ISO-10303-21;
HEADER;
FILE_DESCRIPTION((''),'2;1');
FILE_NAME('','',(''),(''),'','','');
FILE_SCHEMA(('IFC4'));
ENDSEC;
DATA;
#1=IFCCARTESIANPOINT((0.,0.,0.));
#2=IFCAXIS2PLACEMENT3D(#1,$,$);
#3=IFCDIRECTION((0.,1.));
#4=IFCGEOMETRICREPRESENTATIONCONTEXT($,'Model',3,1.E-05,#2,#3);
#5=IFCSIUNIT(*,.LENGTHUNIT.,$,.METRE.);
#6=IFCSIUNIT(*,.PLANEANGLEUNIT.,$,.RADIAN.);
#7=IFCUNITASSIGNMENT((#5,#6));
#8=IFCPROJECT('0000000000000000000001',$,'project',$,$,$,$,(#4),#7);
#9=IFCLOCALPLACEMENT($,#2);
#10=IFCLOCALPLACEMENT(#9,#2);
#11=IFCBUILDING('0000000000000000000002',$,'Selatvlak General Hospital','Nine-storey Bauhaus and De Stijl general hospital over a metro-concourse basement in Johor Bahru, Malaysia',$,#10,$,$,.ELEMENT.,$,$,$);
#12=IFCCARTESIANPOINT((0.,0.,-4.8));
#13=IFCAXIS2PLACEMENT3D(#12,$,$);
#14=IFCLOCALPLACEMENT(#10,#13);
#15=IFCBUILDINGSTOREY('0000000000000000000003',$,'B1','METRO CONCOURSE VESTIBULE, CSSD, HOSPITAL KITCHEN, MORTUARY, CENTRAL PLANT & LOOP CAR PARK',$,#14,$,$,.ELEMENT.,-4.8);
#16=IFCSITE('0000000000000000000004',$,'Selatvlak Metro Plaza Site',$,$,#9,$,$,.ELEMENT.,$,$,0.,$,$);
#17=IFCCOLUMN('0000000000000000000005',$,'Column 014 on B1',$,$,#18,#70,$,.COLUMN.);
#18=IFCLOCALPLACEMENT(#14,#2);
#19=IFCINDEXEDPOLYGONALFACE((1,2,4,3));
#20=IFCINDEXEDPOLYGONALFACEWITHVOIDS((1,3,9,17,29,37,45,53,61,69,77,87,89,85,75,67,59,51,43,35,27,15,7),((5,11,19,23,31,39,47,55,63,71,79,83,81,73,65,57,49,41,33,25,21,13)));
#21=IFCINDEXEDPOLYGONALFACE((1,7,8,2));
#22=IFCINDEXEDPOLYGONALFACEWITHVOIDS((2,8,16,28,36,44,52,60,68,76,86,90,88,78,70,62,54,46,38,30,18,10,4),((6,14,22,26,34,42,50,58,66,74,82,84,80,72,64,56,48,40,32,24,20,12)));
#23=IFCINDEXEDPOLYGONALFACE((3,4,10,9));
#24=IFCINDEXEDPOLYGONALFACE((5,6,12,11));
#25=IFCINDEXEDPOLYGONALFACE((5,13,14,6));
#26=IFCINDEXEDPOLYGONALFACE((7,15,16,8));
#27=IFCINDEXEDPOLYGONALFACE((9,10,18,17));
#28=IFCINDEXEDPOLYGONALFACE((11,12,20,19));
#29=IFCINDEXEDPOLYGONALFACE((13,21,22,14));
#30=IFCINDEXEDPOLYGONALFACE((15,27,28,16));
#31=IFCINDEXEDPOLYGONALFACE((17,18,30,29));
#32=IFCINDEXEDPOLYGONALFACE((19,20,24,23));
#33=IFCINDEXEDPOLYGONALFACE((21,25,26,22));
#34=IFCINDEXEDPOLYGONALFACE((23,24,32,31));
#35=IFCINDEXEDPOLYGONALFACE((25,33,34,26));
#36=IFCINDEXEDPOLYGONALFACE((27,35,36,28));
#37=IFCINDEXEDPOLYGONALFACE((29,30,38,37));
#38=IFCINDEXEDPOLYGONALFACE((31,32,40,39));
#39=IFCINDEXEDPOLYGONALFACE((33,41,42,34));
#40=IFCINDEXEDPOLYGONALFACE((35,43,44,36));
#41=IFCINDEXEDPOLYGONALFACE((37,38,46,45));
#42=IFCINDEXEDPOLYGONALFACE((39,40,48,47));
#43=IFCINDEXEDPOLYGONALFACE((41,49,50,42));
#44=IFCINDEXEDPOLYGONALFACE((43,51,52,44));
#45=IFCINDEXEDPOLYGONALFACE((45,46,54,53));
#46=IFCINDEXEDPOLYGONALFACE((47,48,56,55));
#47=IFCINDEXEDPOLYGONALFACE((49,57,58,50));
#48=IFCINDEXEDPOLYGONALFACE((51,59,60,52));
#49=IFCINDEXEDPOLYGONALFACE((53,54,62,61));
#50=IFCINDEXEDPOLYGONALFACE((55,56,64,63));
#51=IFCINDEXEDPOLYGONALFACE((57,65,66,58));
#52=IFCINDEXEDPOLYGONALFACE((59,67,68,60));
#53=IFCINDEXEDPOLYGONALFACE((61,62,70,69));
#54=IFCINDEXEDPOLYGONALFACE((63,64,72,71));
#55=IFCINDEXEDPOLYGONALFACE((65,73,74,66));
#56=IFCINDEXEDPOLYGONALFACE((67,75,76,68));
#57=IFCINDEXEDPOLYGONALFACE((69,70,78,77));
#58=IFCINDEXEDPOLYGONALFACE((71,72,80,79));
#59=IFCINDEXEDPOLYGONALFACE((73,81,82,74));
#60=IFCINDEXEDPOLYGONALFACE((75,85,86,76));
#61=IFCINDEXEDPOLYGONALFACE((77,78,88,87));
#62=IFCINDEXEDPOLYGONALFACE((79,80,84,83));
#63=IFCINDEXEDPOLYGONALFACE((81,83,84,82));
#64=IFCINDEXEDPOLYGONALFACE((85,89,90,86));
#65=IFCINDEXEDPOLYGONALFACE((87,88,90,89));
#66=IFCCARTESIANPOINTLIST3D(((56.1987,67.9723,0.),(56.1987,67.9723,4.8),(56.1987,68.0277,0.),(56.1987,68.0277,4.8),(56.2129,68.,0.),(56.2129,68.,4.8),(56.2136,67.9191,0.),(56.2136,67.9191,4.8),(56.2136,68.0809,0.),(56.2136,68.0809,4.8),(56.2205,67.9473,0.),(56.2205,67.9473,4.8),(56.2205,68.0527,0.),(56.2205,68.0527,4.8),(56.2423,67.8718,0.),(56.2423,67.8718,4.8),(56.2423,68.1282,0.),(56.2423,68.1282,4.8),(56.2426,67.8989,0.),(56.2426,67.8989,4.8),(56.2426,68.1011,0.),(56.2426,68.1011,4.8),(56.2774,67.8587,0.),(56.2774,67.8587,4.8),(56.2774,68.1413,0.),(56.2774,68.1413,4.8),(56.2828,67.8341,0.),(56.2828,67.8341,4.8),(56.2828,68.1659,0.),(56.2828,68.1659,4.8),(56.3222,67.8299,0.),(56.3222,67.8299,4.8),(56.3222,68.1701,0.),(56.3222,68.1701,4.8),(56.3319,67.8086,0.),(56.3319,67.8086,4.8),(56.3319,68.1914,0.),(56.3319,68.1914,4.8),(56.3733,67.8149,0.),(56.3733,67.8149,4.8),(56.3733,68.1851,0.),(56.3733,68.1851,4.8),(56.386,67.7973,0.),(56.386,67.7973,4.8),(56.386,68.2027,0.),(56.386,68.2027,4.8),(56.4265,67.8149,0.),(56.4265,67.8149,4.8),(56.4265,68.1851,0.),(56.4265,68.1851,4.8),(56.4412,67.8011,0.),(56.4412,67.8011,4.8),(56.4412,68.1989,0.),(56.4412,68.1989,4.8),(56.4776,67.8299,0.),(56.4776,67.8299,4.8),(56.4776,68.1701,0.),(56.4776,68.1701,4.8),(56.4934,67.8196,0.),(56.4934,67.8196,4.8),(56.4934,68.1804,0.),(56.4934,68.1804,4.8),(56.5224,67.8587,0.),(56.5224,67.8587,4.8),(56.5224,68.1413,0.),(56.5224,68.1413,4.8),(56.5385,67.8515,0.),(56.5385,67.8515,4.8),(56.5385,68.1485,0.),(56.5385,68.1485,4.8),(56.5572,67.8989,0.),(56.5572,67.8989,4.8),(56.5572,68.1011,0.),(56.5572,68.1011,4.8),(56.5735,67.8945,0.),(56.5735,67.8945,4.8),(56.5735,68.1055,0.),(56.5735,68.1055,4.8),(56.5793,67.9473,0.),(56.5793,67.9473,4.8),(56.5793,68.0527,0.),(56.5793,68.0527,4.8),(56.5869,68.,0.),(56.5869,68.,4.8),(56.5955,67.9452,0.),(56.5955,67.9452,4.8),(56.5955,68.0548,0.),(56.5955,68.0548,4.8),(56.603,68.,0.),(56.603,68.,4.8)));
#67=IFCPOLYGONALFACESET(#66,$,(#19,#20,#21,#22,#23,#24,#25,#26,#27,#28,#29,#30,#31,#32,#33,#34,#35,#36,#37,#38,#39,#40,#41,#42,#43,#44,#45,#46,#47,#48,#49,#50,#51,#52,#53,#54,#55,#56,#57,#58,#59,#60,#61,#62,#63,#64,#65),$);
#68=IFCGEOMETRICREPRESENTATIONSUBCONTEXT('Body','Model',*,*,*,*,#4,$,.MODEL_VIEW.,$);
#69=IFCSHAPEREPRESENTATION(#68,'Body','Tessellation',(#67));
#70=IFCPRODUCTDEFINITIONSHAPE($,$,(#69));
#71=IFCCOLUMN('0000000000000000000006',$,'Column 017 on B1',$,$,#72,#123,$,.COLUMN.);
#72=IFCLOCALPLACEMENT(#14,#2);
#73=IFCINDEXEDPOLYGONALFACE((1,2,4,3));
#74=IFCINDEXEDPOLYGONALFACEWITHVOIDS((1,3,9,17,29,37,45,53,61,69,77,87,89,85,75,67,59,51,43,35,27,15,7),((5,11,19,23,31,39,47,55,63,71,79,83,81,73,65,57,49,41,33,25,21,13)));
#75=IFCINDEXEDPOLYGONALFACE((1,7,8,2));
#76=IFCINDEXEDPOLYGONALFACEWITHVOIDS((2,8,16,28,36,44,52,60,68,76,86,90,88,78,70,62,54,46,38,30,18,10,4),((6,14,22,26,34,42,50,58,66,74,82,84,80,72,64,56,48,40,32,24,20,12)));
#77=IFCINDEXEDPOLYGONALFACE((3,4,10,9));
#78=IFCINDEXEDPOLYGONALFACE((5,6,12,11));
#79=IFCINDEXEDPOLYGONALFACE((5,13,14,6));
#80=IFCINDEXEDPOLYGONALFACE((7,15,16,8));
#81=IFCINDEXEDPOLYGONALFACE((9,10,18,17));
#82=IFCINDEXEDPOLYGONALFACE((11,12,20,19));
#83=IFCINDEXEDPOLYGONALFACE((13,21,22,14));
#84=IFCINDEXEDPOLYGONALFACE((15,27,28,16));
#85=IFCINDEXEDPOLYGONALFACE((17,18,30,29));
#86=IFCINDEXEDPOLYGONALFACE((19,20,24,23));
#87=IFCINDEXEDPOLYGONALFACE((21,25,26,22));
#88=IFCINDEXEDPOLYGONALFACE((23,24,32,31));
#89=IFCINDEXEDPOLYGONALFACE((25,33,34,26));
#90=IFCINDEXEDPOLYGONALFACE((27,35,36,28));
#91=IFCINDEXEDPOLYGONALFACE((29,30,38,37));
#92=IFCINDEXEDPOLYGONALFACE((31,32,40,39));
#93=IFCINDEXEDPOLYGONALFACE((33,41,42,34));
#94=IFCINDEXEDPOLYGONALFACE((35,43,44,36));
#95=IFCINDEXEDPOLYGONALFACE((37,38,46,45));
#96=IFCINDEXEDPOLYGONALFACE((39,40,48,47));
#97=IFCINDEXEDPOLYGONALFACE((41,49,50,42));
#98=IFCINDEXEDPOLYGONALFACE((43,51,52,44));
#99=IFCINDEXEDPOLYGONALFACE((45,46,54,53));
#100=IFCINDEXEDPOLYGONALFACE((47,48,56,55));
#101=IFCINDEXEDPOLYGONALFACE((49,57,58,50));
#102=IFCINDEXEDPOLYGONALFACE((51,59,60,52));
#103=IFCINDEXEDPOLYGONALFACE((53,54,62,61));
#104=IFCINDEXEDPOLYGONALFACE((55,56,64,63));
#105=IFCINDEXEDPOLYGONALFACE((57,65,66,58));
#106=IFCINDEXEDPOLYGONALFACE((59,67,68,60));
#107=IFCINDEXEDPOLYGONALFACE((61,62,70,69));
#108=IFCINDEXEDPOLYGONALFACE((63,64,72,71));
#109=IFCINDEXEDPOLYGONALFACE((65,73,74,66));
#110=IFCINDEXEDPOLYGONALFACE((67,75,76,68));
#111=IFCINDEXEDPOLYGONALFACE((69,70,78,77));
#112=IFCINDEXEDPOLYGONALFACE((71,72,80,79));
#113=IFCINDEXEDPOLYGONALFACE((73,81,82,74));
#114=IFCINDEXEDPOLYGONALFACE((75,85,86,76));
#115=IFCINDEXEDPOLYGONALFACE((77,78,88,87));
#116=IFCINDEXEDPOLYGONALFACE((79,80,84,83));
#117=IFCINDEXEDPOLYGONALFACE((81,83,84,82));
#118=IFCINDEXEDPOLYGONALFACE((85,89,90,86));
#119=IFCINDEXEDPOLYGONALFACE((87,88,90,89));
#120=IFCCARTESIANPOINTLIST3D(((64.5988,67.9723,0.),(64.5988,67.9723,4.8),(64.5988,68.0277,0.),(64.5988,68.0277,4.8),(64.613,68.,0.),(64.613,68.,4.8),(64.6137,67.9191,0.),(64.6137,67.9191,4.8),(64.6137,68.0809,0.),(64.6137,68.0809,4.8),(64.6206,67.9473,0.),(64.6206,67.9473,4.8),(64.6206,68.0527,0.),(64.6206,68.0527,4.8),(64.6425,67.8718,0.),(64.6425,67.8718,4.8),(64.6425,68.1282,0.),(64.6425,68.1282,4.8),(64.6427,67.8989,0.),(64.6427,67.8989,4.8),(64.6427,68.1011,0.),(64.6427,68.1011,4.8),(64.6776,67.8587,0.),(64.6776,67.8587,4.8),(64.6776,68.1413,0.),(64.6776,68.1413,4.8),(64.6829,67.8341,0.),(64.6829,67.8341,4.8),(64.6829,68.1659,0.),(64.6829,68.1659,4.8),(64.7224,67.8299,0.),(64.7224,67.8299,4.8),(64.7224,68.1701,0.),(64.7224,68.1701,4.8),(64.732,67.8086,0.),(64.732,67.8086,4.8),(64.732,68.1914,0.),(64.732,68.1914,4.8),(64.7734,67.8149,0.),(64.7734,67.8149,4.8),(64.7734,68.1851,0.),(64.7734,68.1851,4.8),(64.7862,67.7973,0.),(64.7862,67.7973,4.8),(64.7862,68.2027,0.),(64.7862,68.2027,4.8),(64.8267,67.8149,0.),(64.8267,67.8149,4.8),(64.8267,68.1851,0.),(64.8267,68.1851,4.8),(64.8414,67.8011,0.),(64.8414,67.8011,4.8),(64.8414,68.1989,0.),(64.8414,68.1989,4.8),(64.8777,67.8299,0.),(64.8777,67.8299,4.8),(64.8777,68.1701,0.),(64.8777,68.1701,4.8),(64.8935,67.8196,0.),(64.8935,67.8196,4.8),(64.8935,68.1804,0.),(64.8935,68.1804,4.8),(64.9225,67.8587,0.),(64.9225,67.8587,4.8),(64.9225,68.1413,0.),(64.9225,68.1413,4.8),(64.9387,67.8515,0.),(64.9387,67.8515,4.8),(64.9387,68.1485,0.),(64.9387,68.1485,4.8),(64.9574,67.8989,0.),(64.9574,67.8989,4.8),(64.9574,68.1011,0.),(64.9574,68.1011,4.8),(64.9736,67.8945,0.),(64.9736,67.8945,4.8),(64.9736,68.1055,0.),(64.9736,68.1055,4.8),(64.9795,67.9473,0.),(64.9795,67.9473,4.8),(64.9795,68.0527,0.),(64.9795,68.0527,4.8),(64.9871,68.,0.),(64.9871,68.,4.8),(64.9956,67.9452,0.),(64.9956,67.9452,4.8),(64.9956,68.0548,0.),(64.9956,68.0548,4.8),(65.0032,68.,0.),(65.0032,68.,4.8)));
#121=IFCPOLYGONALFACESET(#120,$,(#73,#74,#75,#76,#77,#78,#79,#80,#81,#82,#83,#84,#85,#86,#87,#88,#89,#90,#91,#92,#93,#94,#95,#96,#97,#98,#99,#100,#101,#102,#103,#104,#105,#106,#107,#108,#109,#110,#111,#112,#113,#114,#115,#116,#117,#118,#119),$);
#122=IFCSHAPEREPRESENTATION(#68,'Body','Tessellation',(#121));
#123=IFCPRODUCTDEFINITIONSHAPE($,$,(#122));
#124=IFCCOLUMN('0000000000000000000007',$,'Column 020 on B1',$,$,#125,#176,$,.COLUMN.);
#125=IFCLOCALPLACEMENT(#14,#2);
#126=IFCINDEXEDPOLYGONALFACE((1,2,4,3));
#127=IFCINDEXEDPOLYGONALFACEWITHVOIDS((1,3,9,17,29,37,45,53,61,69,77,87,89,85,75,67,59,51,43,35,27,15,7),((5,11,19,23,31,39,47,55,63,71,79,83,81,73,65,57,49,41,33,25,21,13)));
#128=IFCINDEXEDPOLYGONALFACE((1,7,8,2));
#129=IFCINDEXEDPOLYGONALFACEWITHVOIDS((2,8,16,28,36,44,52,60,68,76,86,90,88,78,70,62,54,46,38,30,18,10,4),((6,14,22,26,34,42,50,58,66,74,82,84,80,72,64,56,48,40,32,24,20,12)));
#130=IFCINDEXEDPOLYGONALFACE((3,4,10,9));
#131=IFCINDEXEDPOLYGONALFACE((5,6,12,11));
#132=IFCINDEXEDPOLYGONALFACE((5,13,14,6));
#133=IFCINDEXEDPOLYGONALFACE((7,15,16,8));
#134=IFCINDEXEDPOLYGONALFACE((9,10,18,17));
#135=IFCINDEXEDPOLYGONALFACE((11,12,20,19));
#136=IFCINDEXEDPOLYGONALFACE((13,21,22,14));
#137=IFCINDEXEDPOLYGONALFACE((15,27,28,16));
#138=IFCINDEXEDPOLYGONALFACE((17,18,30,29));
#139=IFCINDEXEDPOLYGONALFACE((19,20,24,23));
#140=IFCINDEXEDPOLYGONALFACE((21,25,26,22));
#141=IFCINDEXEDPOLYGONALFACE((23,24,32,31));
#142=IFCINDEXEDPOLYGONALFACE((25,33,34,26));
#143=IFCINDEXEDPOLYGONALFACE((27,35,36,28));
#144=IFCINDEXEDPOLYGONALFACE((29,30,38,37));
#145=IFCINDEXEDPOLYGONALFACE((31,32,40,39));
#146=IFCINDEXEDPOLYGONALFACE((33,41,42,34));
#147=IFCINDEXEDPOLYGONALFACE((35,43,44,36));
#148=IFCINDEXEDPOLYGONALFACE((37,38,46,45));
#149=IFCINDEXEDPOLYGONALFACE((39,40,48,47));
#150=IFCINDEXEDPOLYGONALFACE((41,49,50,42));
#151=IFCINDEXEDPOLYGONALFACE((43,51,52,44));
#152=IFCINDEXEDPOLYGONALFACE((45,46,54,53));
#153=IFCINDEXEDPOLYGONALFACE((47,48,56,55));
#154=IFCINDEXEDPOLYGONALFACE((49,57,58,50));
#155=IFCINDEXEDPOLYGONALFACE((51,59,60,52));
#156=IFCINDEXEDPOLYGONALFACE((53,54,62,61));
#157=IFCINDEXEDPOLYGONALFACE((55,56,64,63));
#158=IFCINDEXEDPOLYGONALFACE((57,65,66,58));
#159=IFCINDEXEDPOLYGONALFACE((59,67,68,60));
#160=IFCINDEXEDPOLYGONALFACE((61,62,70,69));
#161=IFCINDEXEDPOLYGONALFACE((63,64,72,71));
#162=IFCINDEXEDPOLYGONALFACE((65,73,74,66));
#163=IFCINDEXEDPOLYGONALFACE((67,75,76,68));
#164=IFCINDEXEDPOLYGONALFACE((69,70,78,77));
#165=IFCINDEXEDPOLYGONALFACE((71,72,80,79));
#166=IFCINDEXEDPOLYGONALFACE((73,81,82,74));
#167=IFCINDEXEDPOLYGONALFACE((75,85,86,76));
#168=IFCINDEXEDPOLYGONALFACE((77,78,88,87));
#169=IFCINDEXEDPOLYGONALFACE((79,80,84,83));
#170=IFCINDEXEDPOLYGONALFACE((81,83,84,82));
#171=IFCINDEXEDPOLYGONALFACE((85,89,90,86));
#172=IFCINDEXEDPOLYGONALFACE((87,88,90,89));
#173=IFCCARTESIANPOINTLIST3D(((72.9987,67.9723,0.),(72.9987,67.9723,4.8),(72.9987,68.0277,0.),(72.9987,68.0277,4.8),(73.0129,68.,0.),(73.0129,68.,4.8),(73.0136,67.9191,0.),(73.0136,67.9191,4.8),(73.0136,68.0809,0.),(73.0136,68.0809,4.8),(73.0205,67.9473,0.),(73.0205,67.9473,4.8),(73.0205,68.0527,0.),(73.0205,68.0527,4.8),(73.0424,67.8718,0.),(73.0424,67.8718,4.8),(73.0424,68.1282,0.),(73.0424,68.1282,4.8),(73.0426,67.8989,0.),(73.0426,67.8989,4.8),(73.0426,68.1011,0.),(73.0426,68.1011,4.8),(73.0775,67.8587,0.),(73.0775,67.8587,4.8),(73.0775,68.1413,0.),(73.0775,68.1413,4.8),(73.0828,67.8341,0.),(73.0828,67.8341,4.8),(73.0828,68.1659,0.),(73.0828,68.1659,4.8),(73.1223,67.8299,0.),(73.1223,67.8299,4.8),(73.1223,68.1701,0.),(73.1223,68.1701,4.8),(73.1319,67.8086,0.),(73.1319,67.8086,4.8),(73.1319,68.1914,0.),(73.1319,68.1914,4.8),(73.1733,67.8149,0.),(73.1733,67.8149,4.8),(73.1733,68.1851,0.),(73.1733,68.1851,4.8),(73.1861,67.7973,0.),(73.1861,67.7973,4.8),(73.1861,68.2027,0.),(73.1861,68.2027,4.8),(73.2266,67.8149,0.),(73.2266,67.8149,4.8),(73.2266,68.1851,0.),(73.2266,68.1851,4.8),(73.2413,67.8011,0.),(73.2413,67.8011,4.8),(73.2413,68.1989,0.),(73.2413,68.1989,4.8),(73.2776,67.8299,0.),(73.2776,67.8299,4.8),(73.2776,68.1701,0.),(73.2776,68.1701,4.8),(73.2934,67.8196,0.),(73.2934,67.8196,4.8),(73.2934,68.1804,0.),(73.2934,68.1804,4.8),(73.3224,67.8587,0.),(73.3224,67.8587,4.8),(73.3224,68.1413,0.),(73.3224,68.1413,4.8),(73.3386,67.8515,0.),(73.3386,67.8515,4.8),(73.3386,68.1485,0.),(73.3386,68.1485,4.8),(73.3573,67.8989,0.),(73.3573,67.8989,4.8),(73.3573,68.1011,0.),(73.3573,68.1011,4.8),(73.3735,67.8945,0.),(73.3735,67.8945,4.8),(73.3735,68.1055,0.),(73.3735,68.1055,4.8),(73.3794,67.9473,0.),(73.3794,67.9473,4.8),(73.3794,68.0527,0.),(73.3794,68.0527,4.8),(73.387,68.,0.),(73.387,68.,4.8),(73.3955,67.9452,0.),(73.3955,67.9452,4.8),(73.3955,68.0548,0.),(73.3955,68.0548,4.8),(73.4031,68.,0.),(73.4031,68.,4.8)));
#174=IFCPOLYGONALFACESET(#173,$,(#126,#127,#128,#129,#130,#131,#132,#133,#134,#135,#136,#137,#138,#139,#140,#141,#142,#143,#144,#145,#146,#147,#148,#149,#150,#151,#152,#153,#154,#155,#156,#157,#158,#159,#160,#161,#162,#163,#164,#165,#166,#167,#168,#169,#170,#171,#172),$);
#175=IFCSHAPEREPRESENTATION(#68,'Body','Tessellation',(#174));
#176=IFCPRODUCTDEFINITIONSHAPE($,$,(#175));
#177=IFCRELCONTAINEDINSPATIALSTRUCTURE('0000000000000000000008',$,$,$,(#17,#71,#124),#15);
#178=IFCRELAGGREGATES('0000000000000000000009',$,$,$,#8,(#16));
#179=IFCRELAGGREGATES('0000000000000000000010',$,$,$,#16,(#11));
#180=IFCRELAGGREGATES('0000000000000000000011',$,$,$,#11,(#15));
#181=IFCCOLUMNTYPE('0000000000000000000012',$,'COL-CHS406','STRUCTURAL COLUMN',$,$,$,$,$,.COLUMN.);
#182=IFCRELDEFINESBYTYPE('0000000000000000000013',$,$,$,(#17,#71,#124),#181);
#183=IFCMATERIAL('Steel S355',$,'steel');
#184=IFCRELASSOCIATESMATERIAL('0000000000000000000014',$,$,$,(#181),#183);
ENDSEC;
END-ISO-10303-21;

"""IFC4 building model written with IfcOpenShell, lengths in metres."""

from ifc_helpers import new_model, si_unit, direction, frame, origin, origin_2d, place, context, subcontext, project, spatial, hollow_circle, extrude, material, material_profile, profile_set, type_object, element, save


model = new_model("IFC4")

# Units and contexts
model_context = context("Model", 3, precision=1e-05, world=origin(), true_north=direction((0.0, 1.0)))
body_context = subcontext(model_context, "Body", "Model", "MODEL_VIEW")
ifc_project = project(units=[si_unit("LENGTHUNIT", "METRE"), si_unit("PLANEANGLEUNIT", "RADIAN")], contexts=[model_context])

# Site, building, storey
site_placement = place(None, origin())
site = spatial("IfcSite", under=ifc_project, at=site_placement, Name="Selatvlak Metro Plaza Site", CompositionType="ELEMENT", RefElevation=0.0)
building_placement = place(site_placement, origin())
building = spatial("IfcBuilding", under=site, at=building_placement, Name="Selatvlak General Hospital", Description="Nine-storey Bauhaus and De Stijl general hospital over a metro-concourse basement in Johor Bahru, Malaysia", CompositionType="ELEMENT")
storey_placement = place(building_placement, frame((0.0, 0.0, -4.8)))
storey = spatial("IfcBuildingStorey", under=building, at=storey_placement, Name="B1", Description="METRO CONCOURSE VESTIBULE, CSSD, HOSPITAL KITCHEN, MORTUARY, CENTRAL PLANT & LOOP CAR PARK", CompositionType="ELEMENT", Elevation=-4.8)

# Columns
ifc_material_1 = material(Name="Steel S355", Category="steel")
ifc_material_profile_1 = material_profile(ifc_material_1, hollow_circle(Radius=0.2031, WallThickness=0.0161, at=origin_2d()), Name="CHS 406.4x16")
ifc_profile_set_1 = profile_set([ifc_material_profile_1], Name="Steel S355")
column_type_1 = type_object("IfcColumnType", Name="COL-CHS406", Description="STRUCTURAL COLUMN", PredefinedType="COLUMN", material=ifc_profile_set_1)
for number, where, z_axis, x_axis, name in (
    (1, (56.3999, 68.0, 0.0), (0.0, 0.0, 1.0), (1.0, 0.0, 0.0), "Column 014 on B1"),
    (2, (64.8, 68.0, 0.0), (0.0, 0.0, 1.0), (1.0, 0.0, 0.0), "Column 017 on B1"),
    (3, (73.2, 68.0, 0.0), (0.0, 0.0, 1.0), (1.0, 0.0, 0.0), "Column 020 on B1"),
):
    element("IfcColumn", number, at=place(storey_placement, frame(where, z_axis=z_axis, x_axis=x_axis)), inside=storey, type_object=column_type_1, Name=name, PredefinedType="COLUMN", context=body_context, shape_type="SweptSolid", body=[
        extrude(hollow_circle(Radius=0.2031, WallThickness=0.0161, at=origin_2d()), origin(), (0.0, 0.0, 1.0), 4.8),
    ])

save(model, "model.ifc")
